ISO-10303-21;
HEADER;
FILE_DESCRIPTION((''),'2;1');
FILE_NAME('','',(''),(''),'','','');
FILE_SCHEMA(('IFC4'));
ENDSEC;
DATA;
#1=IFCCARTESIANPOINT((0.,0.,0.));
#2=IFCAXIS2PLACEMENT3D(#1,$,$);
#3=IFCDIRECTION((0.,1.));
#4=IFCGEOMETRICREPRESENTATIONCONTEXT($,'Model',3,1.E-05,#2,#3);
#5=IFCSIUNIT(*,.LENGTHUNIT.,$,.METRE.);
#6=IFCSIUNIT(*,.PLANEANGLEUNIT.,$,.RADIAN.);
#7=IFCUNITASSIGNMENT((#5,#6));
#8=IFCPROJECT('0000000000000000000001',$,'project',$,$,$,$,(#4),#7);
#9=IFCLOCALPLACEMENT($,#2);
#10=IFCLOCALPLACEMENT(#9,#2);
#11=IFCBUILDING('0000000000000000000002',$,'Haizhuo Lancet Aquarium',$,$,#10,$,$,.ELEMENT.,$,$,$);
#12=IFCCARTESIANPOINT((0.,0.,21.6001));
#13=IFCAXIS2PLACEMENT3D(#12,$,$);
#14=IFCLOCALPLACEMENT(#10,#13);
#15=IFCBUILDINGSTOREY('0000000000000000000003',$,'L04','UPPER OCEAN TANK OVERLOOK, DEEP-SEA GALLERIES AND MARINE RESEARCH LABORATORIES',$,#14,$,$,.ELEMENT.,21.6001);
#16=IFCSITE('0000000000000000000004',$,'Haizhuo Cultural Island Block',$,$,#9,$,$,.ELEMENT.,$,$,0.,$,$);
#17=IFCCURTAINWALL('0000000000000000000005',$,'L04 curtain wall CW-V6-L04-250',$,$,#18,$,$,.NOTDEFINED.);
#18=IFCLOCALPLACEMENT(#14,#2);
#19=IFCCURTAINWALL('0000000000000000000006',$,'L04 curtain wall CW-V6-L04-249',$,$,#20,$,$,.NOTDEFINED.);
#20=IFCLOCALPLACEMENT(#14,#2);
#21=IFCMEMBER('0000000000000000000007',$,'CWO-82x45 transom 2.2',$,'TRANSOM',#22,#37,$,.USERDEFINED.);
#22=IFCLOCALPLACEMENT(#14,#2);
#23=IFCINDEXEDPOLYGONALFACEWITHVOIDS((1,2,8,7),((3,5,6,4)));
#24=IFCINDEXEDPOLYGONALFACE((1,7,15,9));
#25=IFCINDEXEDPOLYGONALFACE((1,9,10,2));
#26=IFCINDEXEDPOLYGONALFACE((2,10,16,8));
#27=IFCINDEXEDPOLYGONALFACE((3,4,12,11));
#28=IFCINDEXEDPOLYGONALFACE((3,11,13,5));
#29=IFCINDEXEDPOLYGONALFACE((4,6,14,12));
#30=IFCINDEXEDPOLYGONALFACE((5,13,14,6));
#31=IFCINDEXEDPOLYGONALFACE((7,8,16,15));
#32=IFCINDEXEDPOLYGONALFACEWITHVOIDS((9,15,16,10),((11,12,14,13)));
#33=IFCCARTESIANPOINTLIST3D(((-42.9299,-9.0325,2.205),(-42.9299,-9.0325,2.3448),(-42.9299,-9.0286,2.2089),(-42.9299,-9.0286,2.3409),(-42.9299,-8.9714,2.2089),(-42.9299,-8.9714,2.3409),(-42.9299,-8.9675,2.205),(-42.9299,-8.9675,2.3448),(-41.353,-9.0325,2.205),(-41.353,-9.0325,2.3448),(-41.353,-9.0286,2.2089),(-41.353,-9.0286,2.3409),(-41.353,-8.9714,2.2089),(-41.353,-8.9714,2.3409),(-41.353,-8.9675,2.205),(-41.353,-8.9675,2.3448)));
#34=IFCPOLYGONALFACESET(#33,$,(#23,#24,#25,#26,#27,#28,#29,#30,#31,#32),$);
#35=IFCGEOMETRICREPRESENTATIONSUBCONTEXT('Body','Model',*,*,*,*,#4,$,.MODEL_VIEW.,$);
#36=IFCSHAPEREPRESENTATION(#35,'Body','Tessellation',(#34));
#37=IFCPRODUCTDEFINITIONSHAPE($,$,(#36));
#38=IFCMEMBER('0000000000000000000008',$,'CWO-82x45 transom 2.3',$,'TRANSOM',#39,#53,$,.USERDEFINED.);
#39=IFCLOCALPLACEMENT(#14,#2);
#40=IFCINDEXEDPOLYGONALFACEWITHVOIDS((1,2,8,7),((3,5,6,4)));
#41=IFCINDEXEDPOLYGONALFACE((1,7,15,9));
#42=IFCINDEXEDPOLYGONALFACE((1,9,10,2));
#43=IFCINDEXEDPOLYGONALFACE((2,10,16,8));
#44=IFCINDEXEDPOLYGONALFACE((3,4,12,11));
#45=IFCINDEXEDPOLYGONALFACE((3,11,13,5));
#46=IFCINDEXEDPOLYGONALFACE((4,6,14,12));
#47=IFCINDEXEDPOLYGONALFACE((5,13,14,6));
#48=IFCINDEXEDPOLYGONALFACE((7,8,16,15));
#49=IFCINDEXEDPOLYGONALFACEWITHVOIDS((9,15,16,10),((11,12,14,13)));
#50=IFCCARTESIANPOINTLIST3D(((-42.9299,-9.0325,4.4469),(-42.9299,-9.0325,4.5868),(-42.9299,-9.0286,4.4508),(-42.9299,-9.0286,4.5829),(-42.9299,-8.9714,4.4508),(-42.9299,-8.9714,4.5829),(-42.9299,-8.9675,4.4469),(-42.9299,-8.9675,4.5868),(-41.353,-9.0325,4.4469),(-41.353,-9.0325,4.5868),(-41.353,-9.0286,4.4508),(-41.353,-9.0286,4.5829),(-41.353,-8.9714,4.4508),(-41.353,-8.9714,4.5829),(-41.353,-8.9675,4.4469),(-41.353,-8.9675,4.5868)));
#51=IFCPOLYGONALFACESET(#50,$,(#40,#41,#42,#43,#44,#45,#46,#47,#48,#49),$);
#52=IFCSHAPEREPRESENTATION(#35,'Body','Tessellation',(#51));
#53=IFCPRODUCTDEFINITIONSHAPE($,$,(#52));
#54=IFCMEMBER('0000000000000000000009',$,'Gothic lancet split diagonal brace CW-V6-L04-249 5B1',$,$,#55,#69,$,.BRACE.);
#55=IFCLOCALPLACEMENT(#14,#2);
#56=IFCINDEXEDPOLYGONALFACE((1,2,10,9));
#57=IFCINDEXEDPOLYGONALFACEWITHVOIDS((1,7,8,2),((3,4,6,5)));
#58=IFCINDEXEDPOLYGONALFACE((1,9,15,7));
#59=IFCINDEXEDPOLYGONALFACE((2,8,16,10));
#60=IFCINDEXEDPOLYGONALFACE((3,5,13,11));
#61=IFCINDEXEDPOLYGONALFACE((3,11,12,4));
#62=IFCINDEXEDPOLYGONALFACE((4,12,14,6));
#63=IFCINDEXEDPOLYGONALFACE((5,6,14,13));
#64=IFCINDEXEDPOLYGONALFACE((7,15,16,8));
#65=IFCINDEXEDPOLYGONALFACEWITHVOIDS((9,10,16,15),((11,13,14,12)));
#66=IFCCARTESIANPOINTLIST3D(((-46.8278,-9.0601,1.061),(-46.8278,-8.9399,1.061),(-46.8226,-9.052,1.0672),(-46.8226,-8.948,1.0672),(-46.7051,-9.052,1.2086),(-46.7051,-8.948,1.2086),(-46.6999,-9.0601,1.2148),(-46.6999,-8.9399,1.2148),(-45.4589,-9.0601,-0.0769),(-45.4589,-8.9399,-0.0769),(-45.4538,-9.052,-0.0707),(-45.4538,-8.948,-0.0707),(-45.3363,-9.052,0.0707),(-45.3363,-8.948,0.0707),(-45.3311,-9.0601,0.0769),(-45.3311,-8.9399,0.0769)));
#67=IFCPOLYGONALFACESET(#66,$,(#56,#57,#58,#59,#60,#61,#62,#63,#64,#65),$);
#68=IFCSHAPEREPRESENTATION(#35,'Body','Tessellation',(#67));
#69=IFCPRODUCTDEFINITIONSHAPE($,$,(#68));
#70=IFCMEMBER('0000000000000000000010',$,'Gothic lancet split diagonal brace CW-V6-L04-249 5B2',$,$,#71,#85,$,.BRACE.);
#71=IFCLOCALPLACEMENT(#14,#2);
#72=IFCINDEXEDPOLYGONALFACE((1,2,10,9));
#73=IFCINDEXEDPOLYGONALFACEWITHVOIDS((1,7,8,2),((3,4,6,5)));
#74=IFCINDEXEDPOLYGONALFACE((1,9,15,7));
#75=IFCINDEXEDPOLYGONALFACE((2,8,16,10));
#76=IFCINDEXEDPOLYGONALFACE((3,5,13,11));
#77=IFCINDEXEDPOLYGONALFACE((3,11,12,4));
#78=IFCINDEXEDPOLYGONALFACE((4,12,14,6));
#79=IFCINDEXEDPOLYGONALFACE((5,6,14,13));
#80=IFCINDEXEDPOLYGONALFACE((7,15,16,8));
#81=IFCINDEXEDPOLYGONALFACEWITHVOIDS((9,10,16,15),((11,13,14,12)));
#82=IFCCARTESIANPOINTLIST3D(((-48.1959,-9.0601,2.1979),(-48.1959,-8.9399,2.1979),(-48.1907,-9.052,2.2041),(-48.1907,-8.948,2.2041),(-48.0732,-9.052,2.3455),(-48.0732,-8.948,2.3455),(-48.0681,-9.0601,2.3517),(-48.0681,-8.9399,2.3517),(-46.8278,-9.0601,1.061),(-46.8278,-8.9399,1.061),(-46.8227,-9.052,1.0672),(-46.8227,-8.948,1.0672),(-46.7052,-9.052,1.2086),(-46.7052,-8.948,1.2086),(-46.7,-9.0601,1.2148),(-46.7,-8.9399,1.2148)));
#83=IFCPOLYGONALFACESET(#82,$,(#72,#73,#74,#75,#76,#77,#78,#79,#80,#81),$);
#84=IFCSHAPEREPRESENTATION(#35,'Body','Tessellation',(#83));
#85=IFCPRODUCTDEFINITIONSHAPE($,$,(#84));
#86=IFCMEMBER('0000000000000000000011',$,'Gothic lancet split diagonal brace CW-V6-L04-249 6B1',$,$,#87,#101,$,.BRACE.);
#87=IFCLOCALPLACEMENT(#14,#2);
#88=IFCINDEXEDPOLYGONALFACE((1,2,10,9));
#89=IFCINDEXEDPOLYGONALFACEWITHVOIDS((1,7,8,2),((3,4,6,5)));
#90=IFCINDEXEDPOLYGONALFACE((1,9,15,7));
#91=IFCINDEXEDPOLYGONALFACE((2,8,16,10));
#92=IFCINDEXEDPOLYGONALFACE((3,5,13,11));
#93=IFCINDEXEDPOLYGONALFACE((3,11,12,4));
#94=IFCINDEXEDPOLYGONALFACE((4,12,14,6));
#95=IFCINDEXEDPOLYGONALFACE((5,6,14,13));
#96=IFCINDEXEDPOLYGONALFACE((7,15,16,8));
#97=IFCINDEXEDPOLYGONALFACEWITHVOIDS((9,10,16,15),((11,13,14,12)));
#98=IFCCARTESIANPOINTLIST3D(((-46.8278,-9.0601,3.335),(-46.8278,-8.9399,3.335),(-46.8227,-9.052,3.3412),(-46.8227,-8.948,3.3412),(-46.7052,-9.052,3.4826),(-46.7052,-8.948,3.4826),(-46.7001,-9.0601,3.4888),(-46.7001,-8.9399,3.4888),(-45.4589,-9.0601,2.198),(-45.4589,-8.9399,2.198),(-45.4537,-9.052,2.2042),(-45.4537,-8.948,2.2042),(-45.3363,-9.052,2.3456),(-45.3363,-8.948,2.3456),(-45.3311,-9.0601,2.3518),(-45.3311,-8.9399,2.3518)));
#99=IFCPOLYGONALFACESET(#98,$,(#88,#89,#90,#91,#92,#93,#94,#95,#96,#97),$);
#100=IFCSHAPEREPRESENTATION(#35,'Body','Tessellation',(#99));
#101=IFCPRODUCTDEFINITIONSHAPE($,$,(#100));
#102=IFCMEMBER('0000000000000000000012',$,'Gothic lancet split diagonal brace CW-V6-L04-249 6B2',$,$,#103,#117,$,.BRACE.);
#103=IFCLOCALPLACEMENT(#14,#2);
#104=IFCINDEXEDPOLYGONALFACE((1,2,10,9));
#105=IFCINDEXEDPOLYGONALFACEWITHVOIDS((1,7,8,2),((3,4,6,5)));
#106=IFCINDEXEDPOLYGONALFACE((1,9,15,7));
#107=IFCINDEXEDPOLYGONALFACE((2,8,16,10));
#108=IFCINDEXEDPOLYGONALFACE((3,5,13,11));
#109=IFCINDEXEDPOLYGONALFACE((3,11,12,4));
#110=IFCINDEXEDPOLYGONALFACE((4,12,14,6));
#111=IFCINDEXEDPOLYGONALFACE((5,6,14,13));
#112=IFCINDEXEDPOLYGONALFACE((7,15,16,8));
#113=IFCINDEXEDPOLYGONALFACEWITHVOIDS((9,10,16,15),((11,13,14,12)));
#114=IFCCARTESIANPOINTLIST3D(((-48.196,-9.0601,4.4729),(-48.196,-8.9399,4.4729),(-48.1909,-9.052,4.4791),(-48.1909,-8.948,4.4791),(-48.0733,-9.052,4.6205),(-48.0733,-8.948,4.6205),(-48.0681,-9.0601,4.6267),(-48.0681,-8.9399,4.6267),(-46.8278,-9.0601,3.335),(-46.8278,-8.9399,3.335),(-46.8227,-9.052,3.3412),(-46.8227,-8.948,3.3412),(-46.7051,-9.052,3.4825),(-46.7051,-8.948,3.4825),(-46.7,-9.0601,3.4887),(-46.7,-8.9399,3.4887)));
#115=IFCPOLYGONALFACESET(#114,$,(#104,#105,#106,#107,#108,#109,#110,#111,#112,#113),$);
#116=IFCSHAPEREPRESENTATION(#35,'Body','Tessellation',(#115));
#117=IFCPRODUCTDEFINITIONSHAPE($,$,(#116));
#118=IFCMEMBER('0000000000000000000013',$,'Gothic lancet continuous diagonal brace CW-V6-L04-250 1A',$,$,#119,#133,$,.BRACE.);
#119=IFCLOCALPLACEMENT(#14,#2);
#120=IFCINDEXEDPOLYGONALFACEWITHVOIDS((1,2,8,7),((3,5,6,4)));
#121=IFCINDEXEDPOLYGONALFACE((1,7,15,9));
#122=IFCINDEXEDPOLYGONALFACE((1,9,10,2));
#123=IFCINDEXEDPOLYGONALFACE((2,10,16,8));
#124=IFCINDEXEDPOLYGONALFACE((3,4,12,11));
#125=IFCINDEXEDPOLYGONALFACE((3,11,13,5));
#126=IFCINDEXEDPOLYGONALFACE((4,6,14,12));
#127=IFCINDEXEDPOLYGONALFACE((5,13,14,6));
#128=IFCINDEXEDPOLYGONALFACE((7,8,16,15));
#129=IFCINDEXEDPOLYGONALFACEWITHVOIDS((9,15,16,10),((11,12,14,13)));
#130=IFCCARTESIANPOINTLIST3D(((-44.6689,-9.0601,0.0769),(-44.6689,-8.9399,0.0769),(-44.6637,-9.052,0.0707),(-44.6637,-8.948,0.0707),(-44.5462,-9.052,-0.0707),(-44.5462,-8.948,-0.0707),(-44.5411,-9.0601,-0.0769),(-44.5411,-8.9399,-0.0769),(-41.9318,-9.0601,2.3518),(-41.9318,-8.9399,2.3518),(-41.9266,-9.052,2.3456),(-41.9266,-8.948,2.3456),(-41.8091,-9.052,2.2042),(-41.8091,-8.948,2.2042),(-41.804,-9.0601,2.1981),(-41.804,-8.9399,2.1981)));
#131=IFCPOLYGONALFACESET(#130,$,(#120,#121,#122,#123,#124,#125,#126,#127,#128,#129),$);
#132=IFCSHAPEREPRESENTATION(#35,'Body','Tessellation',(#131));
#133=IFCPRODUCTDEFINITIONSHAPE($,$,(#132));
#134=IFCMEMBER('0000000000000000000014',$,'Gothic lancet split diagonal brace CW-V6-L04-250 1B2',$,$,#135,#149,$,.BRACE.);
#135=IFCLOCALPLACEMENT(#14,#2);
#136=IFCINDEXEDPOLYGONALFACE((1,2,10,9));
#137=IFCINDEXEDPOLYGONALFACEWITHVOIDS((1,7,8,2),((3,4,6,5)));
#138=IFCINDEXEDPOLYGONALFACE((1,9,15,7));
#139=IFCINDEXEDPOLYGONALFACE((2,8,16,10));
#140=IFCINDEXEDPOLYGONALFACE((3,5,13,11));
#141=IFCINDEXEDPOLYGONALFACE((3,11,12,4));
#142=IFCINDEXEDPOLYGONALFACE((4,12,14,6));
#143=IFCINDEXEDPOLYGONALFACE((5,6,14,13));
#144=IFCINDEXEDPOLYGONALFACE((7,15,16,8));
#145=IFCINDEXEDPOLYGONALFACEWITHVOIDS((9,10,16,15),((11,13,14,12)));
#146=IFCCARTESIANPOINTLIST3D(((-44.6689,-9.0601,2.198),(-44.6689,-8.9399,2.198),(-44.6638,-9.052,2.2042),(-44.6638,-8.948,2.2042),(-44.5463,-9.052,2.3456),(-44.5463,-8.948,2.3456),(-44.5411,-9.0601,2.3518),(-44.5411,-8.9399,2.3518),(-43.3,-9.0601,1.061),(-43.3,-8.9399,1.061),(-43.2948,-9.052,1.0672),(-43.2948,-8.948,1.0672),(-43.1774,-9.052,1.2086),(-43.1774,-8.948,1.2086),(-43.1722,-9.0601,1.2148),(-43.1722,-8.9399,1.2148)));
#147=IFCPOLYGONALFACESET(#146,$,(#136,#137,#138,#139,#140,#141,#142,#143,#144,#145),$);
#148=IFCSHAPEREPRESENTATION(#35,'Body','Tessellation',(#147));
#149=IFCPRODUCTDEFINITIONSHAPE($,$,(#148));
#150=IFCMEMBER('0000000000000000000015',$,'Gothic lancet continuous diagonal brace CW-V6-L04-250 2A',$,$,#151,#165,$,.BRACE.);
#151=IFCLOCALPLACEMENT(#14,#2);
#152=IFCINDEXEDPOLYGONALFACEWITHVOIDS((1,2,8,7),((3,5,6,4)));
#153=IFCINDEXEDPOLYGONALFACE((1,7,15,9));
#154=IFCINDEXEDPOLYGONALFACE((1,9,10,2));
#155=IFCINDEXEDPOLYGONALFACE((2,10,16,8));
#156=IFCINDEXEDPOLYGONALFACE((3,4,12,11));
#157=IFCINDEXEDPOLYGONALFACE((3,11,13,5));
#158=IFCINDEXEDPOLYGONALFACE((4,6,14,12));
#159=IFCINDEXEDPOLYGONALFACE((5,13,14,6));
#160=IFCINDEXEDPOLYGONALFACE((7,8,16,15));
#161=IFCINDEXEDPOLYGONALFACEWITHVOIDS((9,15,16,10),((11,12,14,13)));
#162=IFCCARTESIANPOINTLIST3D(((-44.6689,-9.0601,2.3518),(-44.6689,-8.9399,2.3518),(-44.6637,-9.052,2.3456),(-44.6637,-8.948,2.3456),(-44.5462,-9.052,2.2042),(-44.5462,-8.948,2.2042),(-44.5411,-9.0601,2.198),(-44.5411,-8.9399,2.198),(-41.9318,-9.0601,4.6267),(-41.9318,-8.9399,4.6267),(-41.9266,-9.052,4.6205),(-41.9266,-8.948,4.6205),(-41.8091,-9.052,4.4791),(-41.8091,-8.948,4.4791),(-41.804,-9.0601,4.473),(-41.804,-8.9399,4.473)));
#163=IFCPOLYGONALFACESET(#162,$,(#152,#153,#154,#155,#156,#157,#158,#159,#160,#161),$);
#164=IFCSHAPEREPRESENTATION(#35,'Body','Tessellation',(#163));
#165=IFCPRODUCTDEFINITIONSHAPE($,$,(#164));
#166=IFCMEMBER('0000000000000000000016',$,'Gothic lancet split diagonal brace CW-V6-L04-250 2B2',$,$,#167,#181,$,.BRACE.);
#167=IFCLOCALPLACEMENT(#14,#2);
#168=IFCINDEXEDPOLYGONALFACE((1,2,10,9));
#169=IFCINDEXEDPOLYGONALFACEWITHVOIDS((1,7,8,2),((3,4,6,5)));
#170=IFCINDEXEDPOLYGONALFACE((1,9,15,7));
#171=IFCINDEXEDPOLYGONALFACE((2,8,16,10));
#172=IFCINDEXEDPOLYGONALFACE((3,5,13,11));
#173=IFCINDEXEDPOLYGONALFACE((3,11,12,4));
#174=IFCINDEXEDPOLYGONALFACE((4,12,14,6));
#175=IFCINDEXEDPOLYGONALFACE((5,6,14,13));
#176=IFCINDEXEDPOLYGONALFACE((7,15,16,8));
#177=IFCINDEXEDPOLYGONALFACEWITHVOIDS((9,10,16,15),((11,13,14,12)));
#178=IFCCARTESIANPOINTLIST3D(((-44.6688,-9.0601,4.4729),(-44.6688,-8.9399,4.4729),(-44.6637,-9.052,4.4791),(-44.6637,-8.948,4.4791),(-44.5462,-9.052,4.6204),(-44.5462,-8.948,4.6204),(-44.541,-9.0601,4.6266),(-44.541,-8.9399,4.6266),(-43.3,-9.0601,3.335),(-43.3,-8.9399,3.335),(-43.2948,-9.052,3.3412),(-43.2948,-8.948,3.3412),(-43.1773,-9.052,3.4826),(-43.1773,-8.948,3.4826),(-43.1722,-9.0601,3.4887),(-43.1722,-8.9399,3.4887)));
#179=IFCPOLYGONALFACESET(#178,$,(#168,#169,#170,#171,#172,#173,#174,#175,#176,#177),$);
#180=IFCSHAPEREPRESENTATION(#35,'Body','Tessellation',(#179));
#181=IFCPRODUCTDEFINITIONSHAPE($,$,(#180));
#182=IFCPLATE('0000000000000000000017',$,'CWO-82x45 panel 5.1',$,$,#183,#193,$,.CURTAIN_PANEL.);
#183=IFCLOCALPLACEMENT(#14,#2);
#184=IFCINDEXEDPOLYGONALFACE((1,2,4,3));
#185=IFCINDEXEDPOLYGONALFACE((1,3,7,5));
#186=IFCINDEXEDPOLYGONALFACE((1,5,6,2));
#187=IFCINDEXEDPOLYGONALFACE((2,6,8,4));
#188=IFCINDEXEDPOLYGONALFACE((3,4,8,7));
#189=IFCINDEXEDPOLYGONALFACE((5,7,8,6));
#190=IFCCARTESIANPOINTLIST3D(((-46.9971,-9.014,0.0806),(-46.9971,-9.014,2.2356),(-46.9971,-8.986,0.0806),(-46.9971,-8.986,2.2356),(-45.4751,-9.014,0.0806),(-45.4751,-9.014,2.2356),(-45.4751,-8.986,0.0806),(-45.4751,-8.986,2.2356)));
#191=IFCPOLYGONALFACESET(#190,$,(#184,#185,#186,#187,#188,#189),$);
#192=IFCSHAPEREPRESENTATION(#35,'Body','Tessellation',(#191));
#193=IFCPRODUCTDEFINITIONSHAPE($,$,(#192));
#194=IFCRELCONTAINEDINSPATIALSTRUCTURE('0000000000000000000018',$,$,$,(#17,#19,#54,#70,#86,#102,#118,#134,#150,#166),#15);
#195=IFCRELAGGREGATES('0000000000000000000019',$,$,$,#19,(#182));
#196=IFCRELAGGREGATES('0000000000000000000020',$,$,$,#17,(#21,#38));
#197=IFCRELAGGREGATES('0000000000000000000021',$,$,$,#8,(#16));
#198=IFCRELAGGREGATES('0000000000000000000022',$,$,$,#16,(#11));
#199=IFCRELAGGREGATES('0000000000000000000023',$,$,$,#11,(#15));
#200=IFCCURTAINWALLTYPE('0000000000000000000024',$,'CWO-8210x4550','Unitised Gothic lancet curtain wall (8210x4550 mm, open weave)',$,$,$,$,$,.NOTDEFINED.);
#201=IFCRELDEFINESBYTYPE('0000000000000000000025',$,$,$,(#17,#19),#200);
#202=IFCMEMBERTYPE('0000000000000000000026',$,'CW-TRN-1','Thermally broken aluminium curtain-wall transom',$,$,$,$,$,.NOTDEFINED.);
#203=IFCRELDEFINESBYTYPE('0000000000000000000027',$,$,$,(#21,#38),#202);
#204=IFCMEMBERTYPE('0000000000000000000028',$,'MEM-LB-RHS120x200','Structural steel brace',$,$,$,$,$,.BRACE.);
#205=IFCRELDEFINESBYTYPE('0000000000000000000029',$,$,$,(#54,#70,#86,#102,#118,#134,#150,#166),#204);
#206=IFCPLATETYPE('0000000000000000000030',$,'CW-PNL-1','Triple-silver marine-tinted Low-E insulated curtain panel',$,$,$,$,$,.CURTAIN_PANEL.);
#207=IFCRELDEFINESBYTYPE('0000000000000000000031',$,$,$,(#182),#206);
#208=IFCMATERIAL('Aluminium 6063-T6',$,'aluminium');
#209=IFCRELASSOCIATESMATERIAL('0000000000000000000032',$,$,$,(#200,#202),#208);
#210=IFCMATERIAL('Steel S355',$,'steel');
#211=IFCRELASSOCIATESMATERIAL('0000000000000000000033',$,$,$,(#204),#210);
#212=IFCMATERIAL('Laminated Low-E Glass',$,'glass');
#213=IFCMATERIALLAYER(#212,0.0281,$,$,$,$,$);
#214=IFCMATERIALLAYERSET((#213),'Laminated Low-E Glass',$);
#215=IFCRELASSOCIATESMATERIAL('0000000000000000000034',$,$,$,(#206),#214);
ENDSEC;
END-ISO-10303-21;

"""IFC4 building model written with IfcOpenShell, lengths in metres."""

from ifc_helpers import new_model, si_unit, direction, frame, origin, origin_2d, place, context, subcontext, project, spatial, rectangle, hollow_rectangle, extrude, material, layer, layer_set, material_profile, profile_set, type_object, element, aggregate, save


model = new_model("IFC4")

# Units and contexts
model_context = context("Model", 3, precision=1e-05, world=origin(), true_north=direction((0.0, 1.0)))
body_context = subcontext(model_context, "Body", "Model", "MODEL_VIEW")
ifc_project = project(units=[si_unit("LENGTHUNIT", "METRE"), si_unit("PLANEANGLEUNIT", "RADIAN")], contexts=[model_context])

# Site, building, storey
site_placement = place(None, origin())
site = spatial("IfcSite", under=ifc_project, at=site_placement, Name="Haizhuo Cultural Island Block", CompositionType="ELEMENT", RefElevation=0.0)
building_placement = place(site_placement, origin())
building = spatial("IfcBuilding", under=site, at=building_placement, Name="Haizhuo Lancet Aquarium", CompositionType="ELEMENT")
storey_placement = place(building_placement, frame((0.0, 0.0, 21.6001)))
storey = spatial("IfcBuildingStorey", under=building, at=storey_placement, Name="L04", Description="UPPER OCEAN TANK OVERLOOK, DEEP-SEA GALLERIES AND MARINE RESEARCH LABORATORIES", CompositionType="ELEMENT", Elevation=21.6001)

# Shared definitions
ifc_material_1 = material(Name="Steel S355", Category="steel")

# Curtain wall
ifc_material_2 = material(Name="Aluminium 6063-T6", Category="aluminium")
curtain_wall_type = type_object("IfcCurtainWallType", Name="CWO-8210x4550", Description="Unitised Gothic lancet curtain wall (8210x4550 mm, open weave)", PredefinedType="NOTDEFINED", material=ifc_material_2)
curtain_wall_1_placement = place(storey_placement, origin())
curtain_wall_1 = element("IfcCurtainWall", 1, at=curtain_wall_1_placement, inside=storey, type_object=curtain_wall_type, Name="L04 curtain wall CW-V6-L04-250", PredefinedType="NOTDEFINED")

# Curtain wall
curtain_wall_2_placement = place(storey_placement, origin())
curtain_wall_2 = element("IfcCurtainWall", 2, at=curtain_wall_2_placement, inside=storey, type_object=curtain_wall_type, Name="L04 curtain wall CW-V6-L04-249", PredefinedType="NOTDEFINED")

# Members
ifc_material_profile_1 = material_profile(ifc_material_2, hollow_rectangle(XDim=0.0649, YDim=0.1399, WallThickness=0.0039, at=origin_2d()), Name="ALU-T 65x140x4")
ifc_profile_set_1 = profile_set([ifc_material_profile_1], Name="Aluminium 6063-T6")
member_type_1 = type_object("IfcMemberType", Name="CW-TRN-1", Description="Thermally broken aluminium curtain-wall transom", PredefinedType="NOTDEFINED", material=ifc_profile_set_1)
member_1_placement = place(storey_placement, frame((-42.9299, -9.0, 2.2749), z_axis=(1.0, 0.0, 0.0), x_axis=(0.0, 1.0, 0.0)))
member_1 = element("IfcMember", 3, at=member_1_placement, type_object=member_type_1, Name="CWO-82x45 transom 2.2", ObjectType="TRANSOM", PredefinedType="USERDEFINED", context=body_context, shape_type="SweptSolid", body=[
    extrude(hollow_rectangle(XDim=0.0649, YDim=0.1399, WallThickness=0.0039, at=origin_2d()), origin(), (0.0, 0.0, 1.0), 1.5769),
])
member_2_placement = place(storey_placement, frame((-42.9299, -9.0, 4.5168), z_axis=(1.0, 0.0, 0.0), x_axis=(0.0, 1.0, 0.0)))
member_2 = element("IfcMember", 4, at=member_2_placement, type_object=member_type_1, Name="CWO-82x45 transom 2.3", ObjectType="TRANSOM", PredefinedType="USERDEFINED", context=body_context, shape_type="SweptSolid", body=[
    extrude(hollow_rectangle(XDim=0.0649, YDim=0.1399, WallThickness=0.0039, at=origin_2d()), origin(), (0.0, 0.0, 1.0), 1.5769),
])

# Members
ifc_material_profile_2 = material_profile(ifc_material_1, hollow_rectangle(XDim=0.1201, YDim=0.2, WallThickness=0.0081, at=origin_2d()), Name="RHS 120x200x8")
ifc_profile_set_2 = profile_set([ifc_material_profile_2], Name="Steel S355")
member_type_2 = type_object("IfcMemberType", Name="MEM-LB-RHS120x200", Description="Structural steel brace", PredefinedType="BRACE", material=ifc_profile_set_2)
member_3_placement = place(storey_placement, frame((-45.395, -9.0, 0.0), z_axis=(-0.768996, 0.0, 0.639253), x_axis=(0.0, -1.0, 0.0)))
element("IfcMember", 5, at=member_3_placement, inside=storey, type_object=member_type_2, Name="Gothic lancet split diagonal brace CW-V6-L04-249 5B1", PredefinedType="BRACE", context=body_context, shape_type="SweptSolid", body=[
    extrude(hollow_rectangle(XDim=0.1201, YDim=0.2, WallThickness=0.0081, at=origin_2d()), origin(), (0.0, 0.0, 1.0), 1.78),
])
member_4_placement = place(storey_placement, frame((-46.7639, -9.0, 1.1379), z_axis=(-0.769098, 0.0, 0.639131), x_axis=(0.0, -1.0, 0.0)))
element("IfcMember", 6, at=member_4_placement, inside=storey, type_object=member_type_2, Name="Gothic lancet split diagonal brace CW-V6-L04-249 5B2", PredefinedType="BRACE", context=body_context, shape_type="SweptSolid", body=[
    extrude(hollow_rectangle(XDim=0.1201, YDim=0.2, WallThickness=0.0081, at=origin_2d()), origin(), (0.0, 0.0, 1.0), 1.7788),
])
for number, where, z_axis, x_axis, name in (
    (7, (-45.395, -9.0, 2.2749), (-0.769266, 0.0, 0.638929), (0.0, -1.0, 0.0), "Gothic lancet split diagonal brace CW-V6-L04-249 6B1"),
    (8, (-46.7639, -9.0, 3.4119), (-0.768828, 0.0, 0.639455), (0.0, -1.0, 0.0), "Gothic lancet split diagonal brace CW-V6-L04-249 6B2"),
):
    element("IfcMember", number, at=place(storey_placement, frame(where, z_axis=z_axis, x_axis=x_axis)), inside=storey, type_object=member_type_2, Name=name, PredefinedType="BRACE", context=body_context, shape_type="SweptSolid", body=[
        extrude(hollow_rectangle(XDim=0.1201, YDim=0.2, WallThickness=0.0081, at=origin_2d()), origin(), (0.0, 0.0, 1.0), 1.7795),
    ])
member_5_placement = place(storey_placement, frame((-44.605, -9.0, 0.0), z_axis=(0.769047, 0.0, 0.639192), x_axis=(0.0, 1.0, 0.0)))
element("IfcMember", 9, at=member_5_placement, inside=storey, type_object=member_type_2, Name="Gothic lancet continuous diagonal brace CW-V6-L04-250 1A", PredefinedType="BRACE", context=body_context, shape_type="SweptSolid", body=[
    extrude(hollow_rectangle(XDim=0.1201, YDim=0.2, WallThickness=0.0081, at=origin_2d()), origin(), (0.0, 0.0, 1.0), 3.5591),
])
member_6_placement = place(storey_placement, frame((-43.2361, -9.0, 1.1379), z_axis=(-0.769266, 0.0, 0.638929), x_axis=(0.0, -1.0, 0.0)))
element("IfcMember", 10, at=member_6_placement, inside=storey, type_object=member_type_2, Name="Gothic lancet split diagonal brace CW-V6-L04-250 1B2", PredefinedType="BRACE", context=body_context, shape_type="SweptSolid", body=[
    extrude(hollow_rectangle(XDim=0.1201, YDim=0.2, WallThickness=0.0081, at=origin_2d()), origin(), (0.0, 0.0, 1.0), 1.7795),
])
member_7_placement = place(storey_placement, frame((-44.605, -9.0, 2.2749), z_axis=(0.769047, 0.0, 0.639192), x_axis=(0.0, 1.0, 0.0)))
element("IfcMember", 11, at=member_7_placement, inside=storey, type_object=member_type_2, Name="Gothic lancet continuous diagonal brace CW-V6-L04-250 2A", PredefinedType="BRACE", context=body_context, shape_type="SweptSolid", body=[
    extrude(hollow_rectangle(XDim=0.1201, YDim=0.2, WallThickness=0.0081, at=origin_2d()), origin(), (0.0, 0.0, 1.0), 3.5591),
])
member_8_placement = place(storey_placement, frame((-43.2361, -9.0, 3.4119), z_axis=(-0.768996, 0.0, 0.639253), x_axis=(0.0, -1.0, 0.0)))
element("IfcMember", 12, at=member_8_placement, inside=storey, type_object=member_type_2, Name="Gothic lancet split diagonal brace CW-V6-L04-250 2B2", PredefinedType="BRACE", context=body_context, shape_type="SweptSolid", body=[
    extrude(hollow_rectangle(XDim=0.1201, YDim=0.2, WallThickness=0.0081, at=origin_2d()), origin(), (0.0, 0.0, 1.0), 1.78),
])

# Plate
ifc_material_3 = material(Name="Laminated Low-E Glass", Category="glass")
ifc_layer_1 = layer(ifc_material_3, 0.0281)
ifc_layer_set_1 = layer_set([ifc_layer_1], Name="Laminated Low-E Glass")
plate_type_1 = type_object("IfcPlateType", Name="CW-PNL-1", Description="Triple-silver marine-tinted Low-E insulated curtain panel", PredefinedType="CURTAIN_PANEL", material=ifc_layer_set_1)
plate_1_placement = place(storey_placement, frame((-46.2361, -9.0, 0.0806), z_axis=(0.0, 0.0, 1.0), x_axis=(1.0, 0.0, 0.0)))
plate_1 = element("IfcPlate", 13, at=plate_1_placement, type_object=plate_type_1, Name="CWO-82x45 panel 5.1", PredefinedType="CURTAIN_PANEL", context=body_context, shape_type="SweptSolid", body=[
    extrude(rectangle(XDim=1.522, YDim=0.0281, at=origin_2d()), origin(), (0.0, 0.0, 1.0), 2.155),
])
aggregate(curtain_wall_2, [plate_1])
aggregate(curtain_wall_1, [member_1, member_2])

save(model, "model.ifc")
